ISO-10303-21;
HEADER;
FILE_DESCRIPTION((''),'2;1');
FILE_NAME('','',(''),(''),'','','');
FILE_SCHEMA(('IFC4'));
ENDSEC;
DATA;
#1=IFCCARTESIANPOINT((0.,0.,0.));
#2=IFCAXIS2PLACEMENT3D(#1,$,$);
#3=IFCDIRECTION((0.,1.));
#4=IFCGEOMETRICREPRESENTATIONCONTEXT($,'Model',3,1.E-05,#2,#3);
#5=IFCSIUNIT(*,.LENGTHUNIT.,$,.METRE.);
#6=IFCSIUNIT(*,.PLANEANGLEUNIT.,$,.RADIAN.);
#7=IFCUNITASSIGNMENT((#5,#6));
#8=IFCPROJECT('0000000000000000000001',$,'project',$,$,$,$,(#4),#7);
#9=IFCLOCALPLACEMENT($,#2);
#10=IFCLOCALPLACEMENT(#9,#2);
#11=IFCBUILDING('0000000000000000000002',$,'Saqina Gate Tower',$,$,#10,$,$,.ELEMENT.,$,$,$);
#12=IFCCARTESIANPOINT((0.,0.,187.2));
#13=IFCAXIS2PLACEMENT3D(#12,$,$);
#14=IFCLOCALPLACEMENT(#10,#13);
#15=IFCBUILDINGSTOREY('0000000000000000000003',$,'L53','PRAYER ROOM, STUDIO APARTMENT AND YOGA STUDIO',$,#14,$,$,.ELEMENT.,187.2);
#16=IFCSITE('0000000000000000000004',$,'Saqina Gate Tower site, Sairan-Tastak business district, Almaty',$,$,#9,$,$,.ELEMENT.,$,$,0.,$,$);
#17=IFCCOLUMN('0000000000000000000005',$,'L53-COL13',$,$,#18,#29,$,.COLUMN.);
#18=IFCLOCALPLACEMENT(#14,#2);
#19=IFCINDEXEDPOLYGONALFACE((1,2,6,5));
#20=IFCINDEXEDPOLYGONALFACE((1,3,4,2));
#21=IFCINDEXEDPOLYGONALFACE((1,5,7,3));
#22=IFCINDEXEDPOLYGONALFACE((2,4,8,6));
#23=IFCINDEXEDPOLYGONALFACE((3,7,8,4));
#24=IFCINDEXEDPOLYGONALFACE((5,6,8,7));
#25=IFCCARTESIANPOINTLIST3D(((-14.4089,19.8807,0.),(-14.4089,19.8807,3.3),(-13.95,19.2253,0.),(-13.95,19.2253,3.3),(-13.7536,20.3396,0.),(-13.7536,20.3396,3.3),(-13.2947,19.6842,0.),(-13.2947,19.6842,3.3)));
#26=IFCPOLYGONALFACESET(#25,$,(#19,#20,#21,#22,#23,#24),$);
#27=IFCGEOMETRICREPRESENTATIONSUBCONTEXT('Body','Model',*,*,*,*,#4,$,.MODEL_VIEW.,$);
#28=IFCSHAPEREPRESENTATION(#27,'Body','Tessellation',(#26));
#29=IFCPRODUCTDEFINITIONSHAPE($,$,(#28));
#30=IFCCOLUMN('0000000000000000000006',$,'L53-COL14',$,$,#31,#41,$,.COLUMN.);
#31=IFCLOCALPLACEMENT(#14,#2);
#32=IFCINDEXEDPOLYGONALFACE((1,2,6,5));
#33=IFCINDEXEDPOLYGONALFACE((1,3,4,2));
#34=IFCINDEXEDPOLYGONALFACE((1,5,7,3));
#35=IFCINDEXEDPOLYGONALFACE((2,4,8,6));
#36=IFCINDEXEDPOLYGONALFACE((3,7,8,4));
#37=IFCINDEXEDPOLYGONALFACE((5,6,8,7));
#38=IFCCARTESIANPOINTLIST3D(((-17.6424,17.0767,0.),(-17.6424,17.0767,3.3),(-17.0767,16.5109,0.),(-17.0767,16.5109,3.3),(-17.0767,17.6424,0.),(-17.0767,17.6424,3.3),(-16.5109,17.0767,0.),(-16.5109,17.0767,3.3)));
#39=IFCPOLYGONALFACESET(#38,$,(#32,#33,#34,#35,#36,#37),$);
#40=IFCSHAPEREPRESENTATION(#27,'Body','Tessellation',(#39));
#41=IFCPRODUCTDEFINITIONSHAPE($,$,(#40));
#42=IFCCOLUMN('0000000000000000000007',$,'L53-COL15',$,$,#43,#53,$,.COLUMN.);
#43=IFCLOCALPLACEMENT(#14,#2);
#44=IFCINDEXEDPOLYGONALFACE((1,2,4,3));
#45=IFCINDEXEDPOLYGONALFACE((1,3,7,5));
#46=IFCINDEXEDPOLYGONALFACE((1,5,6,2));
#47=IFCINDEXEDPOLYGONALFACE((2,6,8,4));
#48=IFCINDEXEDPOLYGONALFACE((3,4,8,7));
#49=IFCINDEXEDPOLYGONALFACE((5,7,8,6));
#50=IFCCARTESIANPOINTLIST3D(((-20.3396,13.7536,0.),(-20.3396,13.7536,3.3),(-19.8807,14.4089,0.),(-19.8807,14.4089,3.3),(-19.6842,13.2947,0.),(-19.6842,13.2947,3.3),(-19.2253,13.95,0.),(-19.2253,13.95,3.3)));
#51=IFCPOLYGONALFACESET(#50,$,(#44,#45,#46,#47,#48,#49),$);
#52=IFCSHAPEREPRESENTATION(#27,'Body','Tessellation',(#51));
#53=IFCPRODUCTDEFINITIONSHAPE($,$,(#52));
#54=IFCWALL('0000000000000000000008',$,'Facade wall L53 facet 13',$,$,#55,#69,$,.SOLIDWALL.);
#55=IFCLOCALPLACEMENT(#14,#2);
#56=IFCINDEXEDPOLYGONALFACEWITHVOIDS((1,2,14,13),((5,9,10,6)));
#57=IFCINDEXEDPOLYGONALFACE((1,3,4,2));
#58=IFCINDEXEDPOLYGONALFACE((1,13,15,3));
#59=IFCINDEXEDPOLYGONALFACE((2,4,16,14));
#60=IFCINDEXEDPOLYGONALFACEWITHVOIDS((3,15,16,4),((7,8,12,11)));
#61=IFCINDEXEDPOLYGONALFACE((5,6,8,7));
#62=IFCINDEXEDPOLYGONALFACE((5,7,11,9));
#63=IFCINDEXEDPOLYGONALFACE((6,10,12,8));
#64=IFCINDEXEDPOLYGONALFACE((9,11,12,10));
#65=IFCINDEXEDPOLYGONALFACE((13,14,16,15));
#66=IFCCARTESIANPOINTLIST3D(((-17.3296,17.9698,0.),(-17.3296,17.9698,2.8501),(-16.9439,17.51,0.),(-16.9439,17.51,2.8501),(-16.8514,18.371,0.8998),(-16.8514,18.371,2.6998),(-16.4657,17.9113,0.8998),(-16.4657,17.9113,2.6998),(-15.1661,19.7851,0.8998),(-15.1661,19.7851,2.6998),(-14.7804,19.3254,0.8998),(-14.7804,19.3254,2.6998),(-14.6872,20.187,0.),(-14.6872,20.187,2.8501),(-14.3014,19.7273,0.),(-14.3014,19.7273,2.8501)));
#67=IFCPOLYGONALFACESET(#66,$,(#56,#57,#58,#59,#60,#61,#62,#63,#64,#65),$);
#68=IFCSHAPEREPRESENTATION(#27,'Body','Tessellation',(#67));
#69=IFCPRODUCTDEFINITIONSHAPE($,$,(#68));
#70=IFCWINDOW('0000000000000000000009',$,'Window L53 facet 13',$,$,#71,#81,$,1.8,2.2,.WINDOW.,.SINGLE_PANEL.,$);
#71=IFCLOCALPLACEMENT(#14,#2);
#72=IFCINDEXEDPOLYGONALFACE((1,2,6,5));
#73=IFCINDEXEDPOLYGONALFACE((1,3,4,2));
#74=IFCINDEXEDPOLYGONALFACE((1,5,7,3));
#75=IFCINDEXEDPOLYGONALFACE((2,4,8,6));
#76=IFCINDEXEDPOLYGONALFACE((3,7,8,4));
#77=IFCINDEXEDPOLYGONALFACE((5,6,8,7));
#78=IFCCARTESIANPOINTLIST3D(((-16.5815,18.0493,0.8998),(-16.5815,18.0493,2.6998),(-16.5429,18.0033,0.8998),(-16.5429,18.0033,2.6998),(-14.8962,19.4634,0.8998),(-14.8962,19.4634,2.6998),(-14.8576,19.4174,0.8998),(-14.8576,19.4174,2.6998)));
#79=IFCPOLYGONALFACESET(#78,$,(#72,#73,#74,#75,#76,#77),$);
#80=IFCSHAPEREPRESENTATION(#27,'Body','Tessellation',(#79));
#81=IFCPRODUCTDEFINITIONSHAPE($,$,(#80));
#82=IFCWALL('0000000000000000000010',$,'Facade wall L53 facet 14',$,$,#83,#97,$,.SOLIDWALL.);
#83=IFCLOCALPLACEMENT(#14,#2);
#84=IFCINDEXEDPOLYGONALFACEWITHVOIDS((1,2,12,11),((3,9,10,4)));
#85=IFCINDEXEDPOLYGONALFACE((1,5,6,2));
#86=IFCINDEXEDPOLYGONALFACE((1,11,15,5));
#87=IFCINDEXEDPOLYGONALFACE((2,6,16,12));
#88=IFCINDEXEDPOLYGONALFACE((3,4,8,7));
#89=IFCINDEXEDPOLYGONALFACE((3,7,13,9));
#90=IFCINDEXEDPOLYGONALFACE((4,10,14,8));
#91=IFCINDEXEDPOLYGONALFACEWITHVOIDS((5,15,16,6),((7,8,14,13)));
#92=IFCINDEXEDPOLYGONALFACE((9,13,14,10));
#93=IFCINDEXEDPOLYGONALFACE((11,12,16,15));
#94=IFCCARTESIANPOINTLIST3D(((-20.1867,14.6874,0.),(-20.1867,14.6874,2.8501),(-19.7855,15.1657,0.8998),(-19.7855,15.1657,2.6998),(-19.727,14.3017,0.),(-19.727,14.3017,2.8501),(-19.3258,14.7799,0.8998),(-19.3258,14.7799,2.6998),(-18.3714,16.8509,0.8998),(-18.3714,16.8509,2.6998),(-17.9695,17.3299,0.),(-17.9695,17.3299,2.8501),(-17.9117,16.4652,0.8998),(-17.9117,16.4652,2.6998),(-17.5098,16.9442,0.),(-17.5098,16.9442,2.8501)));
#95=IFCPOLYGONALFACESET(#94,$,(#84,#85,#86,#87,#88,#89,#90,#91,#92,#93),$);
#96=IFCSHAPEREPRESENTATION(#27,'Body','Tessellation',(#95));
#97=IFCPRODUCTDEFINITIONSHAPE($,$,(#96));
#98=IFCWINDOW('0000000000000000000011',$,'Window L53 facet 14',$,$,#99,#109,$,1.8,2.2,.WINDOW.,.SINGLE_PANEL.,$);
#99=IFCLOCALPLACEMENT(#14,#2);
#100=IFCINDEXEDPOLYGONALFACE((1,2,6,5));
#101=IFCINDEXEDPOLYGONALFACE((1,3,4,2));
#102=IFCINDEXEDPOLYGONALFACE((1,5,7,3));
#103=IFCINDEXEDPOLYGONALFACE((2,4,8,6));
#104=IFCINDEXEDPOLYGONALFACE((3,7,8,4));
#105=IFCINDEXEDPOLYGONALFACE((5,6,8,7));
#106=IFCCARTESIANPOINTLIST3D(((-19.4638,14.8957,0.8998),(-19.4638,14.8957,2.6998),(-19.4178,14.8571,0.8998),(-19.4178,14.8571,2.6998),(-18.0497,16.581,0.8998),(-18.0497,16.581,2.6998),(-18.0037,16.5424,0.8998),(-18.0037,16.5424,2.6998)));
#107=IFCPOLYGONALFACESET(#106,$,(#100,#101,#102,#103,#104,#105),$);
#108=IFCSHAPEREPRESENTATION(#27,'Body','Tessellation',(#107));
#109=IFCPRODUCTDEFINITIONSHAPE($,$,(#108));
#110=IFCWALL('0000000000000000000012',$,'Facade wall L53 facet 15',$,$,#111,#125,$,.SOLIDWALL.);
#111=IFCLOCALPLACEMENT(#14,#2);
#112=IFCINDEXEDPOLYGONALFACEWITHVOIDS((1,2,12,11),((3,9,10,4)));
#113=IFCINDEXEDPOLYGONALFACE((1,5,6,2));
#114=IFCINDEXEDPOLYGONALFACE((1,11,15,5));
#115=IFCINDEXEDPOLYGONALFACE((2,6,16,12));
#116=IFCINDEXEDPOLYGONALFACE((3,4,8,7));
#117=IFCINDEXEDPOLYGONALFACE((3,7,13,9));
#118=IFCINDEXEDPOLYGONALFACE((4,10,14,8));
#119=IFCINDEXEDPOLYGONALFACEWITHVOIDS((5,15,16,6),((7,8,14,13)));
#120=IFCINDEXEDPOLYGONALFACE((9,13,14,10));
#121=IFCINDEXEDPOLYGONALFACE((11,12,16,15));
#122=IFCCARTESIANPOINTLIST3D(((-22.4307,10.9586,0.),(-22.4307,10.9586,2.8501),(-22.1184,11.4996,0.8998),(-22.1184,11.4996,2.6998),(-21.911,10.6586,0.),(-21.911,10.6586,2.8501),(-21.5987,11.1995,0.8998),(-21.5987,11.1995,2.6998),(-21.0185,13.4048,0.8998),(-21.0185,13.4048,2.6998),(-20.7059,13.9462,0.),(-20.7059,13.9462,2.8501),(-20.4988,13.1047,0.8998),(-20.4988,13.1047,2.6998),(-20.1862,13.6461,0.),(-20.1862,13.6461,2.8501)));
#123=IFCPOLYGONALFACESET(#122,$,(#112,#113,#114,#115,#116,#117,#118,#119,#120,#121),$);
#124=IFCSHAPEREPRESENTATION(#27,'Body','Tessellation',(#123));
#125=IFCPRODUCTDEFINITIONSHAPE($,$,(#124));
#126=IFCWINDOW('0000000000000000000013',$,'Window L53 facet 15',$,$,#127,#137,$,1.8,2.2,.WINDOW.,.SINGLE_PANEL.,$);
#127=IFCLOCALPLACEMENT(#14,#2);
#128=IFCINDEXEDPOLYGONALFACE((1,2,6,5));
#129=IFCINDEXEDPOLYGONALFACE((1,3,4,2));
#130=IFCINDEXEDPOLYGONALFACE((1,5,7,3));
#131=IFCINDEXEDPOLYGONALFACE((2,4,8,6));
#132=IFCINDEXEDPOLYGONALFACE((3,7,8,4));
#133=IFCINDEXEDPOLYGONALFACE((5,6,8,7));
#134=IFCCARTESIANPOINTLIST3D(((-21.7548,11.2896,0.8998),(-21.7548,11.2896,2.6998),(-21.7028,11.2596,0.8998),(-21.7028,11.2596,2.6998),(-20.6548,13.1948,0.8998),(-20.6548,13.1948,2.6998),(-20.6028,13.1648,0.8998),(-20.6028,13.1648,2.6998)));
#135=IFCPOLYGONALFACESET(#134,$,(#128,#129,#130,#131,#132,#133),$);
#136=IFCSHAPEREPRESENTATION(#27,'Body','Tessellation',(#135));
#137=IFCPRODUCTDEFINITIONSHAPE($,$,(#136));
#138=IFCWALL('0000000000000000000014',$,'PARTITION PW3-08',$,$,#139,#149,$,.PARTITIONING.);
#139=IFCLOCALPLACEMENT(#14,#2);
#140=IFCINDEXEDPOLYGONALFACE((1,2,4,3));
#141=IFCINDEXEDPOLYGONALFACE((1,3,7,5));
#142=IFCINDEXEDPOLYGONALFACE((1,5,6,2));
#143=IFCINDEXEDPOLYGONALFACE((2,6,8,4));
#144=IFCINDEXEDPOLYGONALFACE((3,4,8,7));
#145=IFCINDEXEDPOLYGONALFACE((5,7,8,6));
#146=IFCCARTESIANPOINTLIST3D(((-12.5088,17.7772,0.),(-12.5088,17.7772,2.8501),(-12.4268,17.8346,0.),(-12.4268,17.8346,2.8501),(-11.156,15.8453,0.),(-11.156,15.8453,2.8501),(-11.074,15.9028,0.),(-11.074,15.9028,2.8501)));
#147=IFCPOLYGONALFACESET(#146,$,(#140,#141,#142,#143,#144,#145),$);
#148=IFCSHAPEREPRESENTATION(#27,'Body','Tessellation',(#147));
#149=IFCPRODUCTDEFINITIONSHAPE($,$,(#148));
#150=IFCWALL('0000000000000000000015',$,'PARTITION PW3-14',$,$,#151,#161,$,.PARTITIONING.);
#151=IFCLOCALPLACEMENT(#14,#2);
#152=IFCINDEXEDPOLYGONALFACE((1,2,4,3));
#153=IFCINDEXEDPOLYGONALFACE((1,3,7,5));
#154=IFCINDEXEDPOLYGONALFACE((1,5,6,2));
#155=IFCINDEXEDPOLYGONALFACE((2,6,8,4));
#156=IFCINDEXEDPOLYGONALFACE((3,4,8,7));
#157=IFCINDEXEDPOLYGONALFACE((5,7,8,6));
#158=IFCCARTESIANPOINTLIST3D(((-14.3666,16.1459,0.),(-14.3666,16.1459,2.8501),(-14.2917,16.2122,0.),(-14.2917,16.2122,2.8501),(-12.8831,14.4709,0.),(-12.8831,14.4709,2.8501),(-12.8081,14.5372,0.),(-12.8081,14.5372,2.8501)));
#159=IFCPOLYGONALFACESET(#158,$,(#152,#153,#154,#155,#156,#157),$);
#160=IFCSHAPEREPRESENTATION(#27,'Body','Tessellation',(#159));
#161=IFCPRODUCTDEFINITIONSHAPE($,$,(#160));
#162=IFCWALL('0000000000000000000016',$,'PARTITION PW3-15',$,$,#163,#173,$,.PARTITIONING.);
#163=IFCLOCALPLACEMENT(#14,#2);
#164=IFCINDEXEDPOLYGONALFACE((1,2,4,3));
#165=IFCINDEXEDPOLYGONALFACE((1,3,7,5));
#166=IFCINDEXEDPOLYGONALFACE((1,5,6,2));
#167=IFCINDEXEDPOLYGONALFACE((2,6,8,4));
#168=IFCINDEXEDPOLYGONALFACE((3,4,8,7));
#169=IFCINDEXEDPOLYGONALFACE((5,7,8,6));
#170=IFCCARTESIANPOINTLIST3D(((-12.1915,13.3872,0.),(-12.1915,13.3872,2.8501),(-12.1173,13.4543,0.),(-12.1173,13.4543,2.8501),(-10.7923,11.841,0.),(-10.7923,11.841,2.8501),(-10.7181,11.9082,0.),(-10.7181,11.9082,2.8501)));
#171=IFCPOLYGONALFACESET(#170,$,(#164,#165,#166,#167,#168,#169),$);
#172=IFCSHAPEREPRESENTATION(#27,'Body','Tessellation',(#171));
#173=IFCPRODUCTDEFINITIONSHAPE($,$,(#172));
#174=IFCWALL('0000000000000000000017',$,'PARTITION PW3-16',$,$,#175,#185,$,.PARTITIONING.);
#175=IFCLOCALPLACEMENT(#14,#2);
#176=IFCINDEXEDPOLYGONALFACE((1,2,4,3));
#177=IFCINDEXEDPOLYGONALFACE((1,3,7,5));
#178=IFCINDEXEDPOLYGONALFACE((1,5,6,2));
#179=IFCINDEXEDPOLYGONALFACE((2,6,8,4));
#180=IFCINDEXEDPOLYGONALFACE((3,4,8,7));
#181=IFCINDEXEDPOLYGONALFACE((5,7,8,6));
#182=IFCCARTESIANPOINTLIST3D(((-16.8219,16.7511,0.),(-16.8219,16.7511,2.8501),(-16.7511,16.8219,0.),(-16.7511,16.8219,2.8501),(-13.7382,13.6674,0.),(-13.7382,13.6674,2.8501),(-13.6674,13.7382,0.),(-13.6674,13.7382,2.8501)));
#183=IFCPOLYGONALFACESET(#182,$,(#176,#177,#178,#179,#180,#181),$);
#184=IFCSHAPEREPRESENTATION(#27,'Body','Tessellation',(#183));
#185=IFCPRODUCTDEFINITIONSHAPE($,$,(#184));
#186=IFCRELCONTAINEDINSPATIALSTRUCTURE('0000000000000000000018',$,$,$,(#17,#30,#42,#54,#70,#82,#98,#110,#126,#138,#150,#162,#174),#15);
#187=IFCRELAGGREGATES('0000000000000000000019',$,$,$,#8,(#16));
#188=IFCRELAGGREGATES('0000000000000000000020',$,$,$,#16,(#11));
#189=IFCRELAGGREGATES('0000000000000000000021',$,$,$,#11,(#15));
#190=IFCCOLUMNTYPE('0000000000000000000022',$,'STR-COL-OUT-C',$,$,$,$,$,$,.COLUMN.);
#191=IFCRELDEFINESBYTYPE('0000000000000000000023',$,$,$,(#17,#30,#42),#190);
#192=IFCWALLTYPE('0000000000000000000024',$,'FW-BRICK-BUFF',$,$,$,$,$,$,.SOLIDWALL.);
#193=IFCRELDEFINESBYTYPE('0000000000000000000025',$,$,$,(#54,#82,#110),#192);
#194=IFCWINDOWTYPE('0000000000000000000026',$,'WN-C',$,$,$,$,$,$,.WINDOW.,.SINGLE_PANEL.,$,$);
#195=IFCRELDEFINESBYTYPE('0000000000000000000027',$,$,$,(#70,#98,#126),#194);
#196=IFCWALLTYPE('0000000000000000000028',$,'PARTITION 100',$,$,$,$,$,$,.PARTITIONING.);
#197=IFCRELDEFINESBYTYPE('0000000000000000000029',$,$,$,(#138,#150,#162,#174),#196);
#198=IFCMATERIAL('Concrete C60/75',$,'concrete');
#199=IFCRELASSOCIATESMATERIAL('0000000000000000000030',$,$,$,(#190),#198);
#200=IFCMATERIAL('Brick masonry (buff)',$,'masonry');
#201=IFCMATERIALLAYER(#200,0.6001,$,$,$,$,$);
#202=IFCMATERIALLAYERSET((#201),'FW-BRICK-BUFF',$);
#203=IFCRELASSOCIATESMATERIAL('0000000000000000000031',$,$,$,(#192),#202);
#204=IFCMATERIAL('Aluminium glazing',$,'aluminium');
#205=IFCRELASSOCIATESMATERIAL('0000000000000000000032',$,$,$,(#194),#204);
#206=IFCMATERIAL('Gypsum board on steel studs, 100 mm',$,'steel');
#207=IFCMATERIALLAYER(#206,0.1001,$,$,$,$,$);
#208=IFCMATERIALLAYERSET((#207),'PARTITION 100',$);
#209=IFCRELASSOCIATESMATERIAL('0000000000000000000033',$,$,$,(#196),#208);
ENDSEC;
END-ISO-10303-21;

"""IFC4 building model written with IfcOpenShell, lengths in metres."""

from ifc_helpers import new_model, si_unit, direction, frame, frame_2d, origin, origin_2d, place, context, subcontext, project, spatial, rectangle, extrude, material, layer, layer_set, material_profile, profile_set, type_object, element, fill, save


model = new_model("IFC4")

# Units and contexts
model_context = context("Model", 3, precision=1e-05, world=origin(), true_north=direction((0.0, 1.0)))
body_context = subcontext(model_context, "Body", "Model", "MODEL_VIEW")
ifc_project = project(units=[si_unit("LENGTHUNIT", "METRE"), si_unit("PLANEANGLEUNIT", "RADIAN")], contexts=[model_context])

# Site, building, storey
site_placement = place(None, origin())
site = spatial("IfcSite", under=ifc_project, at=site_placement, Name="Saqina Gate Tower site, Sairan-Tastak business district, Almaty", CompositionType="ELEMENT", RefElevation=0.0)
building_placement = place(site_placement, origin())
building = spatial("IfcBuilding", under=site, at=building_placement, Name="Saqina Gate Tower", CompositionType="ELEMENT")
storey_placement = place(building_placement, frame((0.0, 0.0, 187.2)))
storey = spatial("IfcBuildingStorey", under=building, at=storey_placement, Name="L53", Description="PRAYER ROOM, STUDIO APARTMENT AND YOGA STUDIO", CompositionType="ELEMENT", Elevation=187.2)

# Columns
ifc_material_1 = material(Name="Concrete C60/75", Category="concrete")
ifc_material_profile = material_profile(ifc_material_1, rectangle(XDim=0.8, YDim=0.8, at=origin_2d()), Name="RC 800x800")
ifc_profile_set = profile_set([ifc_material_profile], Name="Concrete C60/75")
column_type = type_object("IfcColumnType", Name="STR-COL-OUT-C", PredefinedType="COLUMN", material=ifc_profile_set)
for number, where, z_axis, x_axis, name in (
    (1, (-13.8518, 19.7825, 0.0), (0.0, 0.0, 1.0), (-0.573576, 0.819152, 0.0), "L53-COL13"),
    (2, (-17.0767, 17.0767, 0.0), (0.0, 0.0, 1.0), (-0.707107, 0.707107, 0.0), "L53-COL14"),
    (3, (-19.7825, 13.8518, 0.0), (0.0, 0.0, 1.0), (-0.819152, 0.573576, 0.0), "L53-COL15"),
):
    element("IfcColumn", number, at=place(storey_placement, frame(where, z_axis=z_axis, x_axis=x_axis)), inside=storey, type_object=column_type, Name=name, PredefinedType="COLUMN", context=body_context, shape_type="SweptSolid", body=[
        extrude(rectangle(XDim=0.8, YDim=0.8, at=origin_2d()), origin(), (0.0, 0.0, 1.0), 3.3),
    ])

# Walls, openings, windows
ifc_material_2 = material(Name="Brick masonry (buff)", Category="masonry")
ifc_layer_1 = layer(ifc_material_2, 0.6001)
ifc_layer_set_1 = layer_set([ifc_layer_1], Name="FW-BRICK-BUFF")
wall_type_1 = type_object("IfcWallType", Name="FW-BRICK-BUFF", PredefinedType="SOLIDWALL", material=ifc_layer_set_1)
wall_1_placement = place(storey_placement, frame((-14.4944, 19.957, 0.0), z_axis=(0.0, 0.0, 1.0), x_axis=(-0.766059, -0.64277, 0.0)))
wall_1 = element("IfcWall", 4, at=wall_1_placement, inside=storey, type_object=wall_type_1, Name="Facade wall L53 facet 13", PredefinedType="SOLIDWALL", context=body_context, shape_type="SweptSolid", body=[
    extrude(rectangle(XDim=3.4495, YDim=0.6001, at=frame_2d((1.7246, 0.0))), origin(), (0.0, 0.0, 1.0), 2.8501),
])
opening_1_placement = place(wall_1_placement, frame((0.625, 0.0, 0.8999)))
opening_1 = element("IfcOpeningElement", 5, at=opening_1_placement, cuts=wall_1, PredefinedType="OPENING", context=body_context, shape_type="SweptSolid", body=[
    extrude(rectangle(XDim=2.2, YDim=1.8, at=frame_2d((1.1001, 0.8999))), frame((0.0, 0.312, 0.0), z_axis=(0.0, -1.0, 0.0), x_axis=(1.0, 0.0, 0.0)), (0.0, 0.0, 1.0), 0.624),
])
ifc_material_3 = material(Name="Aluminium glazing", Category="aluminium")
window_type = type_object("IfcWindowType", Name="WN-C", PartitioningType="SINGLE_PANEL", PredefinedType="WINDOW", material=ifc_material_3)
window_1_placement = place(opening_1_placement, origin())
window_1 = element("IfcWindow", 6, at=window_1_placement, inside=storey, type_object=window_type, Name="Window L53 facet 13", OverallHeight=1.8, OverallWidth=2.2, PartitioningType="SINGLE_PANEL", PredefinedType="WINDOW", context=body_context, shape_type="SweptSolid", body=[
    extrude(rectangle(XDim=2.2, YDim=1.8, at=frame_2d((1.1001, 0.8999))), frame((0.0, 0.1799, 0.0), z_axis=(0.0, -1.0, 0.0), x_axis=(1.0, 0.0, 0.0)), (0.0, 0.0, 1.0), 0.0601),
])
fill(opening_1, window_1)
wall_2_placement = place(storey_placement, frame((-17.7397, 17.137, 0.0), z_axis=(0.0, 0.0, 1.0), x_axis=(-0.64277, -0.766059, 0.0)))
wall_2 = element("IfcWall", 7, at=wall_2_placement, inside=storey, type_object=wall_type_1, Name="Facade wall L53 facet 14", PredefinedType="SOLIDWALL", context=body_context, shape_type="SweptSolid", body=[
    extrude(rectangle(XDim=3.4495, YDim=0.6001, at=frame_2d((1.7246, 0.0))), origin(), (0.0, 0.0, 1.0), 2.8501),
])
opening_2_placement = place(wall_2_placement, frame((0.625, 0.0, 0.8999)))
opening_2 = element("IfcOpeningElement", 8, at=opening_2_placement, cuts=wall_2, PredefinedType="OPENING", context=body_context, shape_type="SweptSolid", body=[
    extrude(rectangle(XDim=2.2, YDim=1.8, at=frame_2d((1.1001, 0.8999))), frame((0.0, 0.312, 0.0), z_axis=(0.0, -1.0, 0.0), x_axis=(1.0, 0.0, 0.0)), (0.0, 0.0, 1.0), 0.624),
])
window_2_placement = place(opening_2_placement, origin())
window_2 = element("IfcWindow", 9, at=window_2_placement, inside=storey, type_object=window_type, Name="Window L53 facet 14", OverallHeight=1.8, OverallWidth=2.2, PartitioningType="SINGLE_PANEL", PredefinedType="WINDOW", context=body_context, shape_type="SweptSolid", body=[
    extrude(rectangle(XDim=2.2, YDim=1.8, at=frame_2d((1.1001, 0.8999))), frame((0.0, 0.1799, 0.0), z_axis=(0.0, -1.0, 0.0), x_axis=(1.0, 0.0, 0.0)), (0.0, 0.0, 1.0), 0.0601),
])
fill(opening_2, window_2)
wall_3_placement = place(storey_placement, frame((-20.446, 13.7961, 0.0), z_axis=(0.0, 0.0, 1.0), x_axis=(-0.499998, -0.866026, 0.0)))
wall_3 = element("IfcWall", 10, at=wall_3_placement, inside=storey, type_object=wall_type_1, Name="Facade wall L53 facet 15", PredefinedType="SOLIDWALL", context=body_context, shape_type="SweptSolid", body=[
    extrude(rectangle(XDim=3.4497, YDim=0.6001, at=frame_2d((1.7249, 0.0))), origin(), (0.0, 0.0, 1.0), 2.8501),
])
opening_3_placement = place(wall_3_placement, frame((0.625, 0.0, 0.8999)))
opening_3 = element("IfcOpeningElement", 11, at=opening_3_placement, cuts=wall_3, PredefinedType="OPENING", context=body_context, shape_type="SweptSolid", body=[
    extrude(rectangle(XDim=2.2, YDim=1.8, at=frame_2d((1.1001, 0.8999))), frame((0.0, 0.312, 0.0), z_axis=(0.0, -1.0, 0.0), x_axis=(1.0, 0.0, 0.0)), (0.0, 0.0, 1.0), 0.624),
])
window_3_placement = place(opening_3_placement, origin())
window_3 = element("IfcWindow", 12, at=window_3_placement, inside=storey, type_object=window_type, Name="Window L53 facet 15", OverallHeight=1.8, OverallWidth=2.2, PartitioningType="SINGLE_PANEL", PredefinedType="WINDOW", context=body_context, shape_type="SweptSolid", body=[
    extrude(rectangle(XDim=2.2, YDim=1.8, at=frame_2d((1.1001, 0.8999))), frame((0.0, 0.1799, 0.0), z_axis=(0.0, -1.0, 0.0), x_axis=(1.0, 0.0, 0.0)), (0.0, 0.0, 1.0), 0.0601),
])
fill(opening_3, window_3)

# Walls
ifc_material_4 = material(Name="Gypsum board on steel studs, 100 mm", Category="steel")
ifc_layer_2 = layer(ifc_material_4, 0.1001)
ifc_layer_set_2 = layer_set([ifc_layer_2], Name="PARTITION 100")
wall_type_2 = type_object("IfcWallType", Name="PARTITION 100", PredefinedType="PARTITIONING", material=ifc_layer_set_2)
wall_4_placement = place(storey_placement, frame((-12.4678, 17.8059, 0.0), z_axis=(0.0, 0.0, 1.0), x_axis=(0.573594, -0.81914, 0.0)))
element("IfcWall", 13, at=wall_4_placement, inside=storey, type_object=wall_type_2, Name="PARTITION PW3-08", PredefinedType="PARTITIONING", context=body_context, shape_type="SweptSolid", body=[
    extrude(rectangle(XDim=2.3584, YDim=0.1001, at=frame_2d((1.1792, 0.0))), origin(), (0.0, 0.0, 1.0), 2.8501),
])
wall_5_placement = place(storey_placement, frame((-14.3291, 16.179, 0.0), z_axis=(0.0, 0.0, 1.0), x_axis=(0.663042, -0.748582, 0.0)))
element("IfcWall", 14, at=wall_5_placement, inside=storey, type_object=wall_type_2, Name="PARTITION PW3-14", PredefinedType="PARTITIONING", context=body_context, shape_type="SweptSolid", body=[
    extrude(rectangle(XDim=2.2375, YDim=0.1001, at=frame_2d((1.1187, 0.0))), origin(), (0.0, 0.0, 1.0), 2.8501),
])
wall_6_placement = place(storey_placement, frame((-12.1543, 13.4207, 0.0), z_axis=(0.0, 0.0, 1.0), x_axis=(0.670987, -0.741469, 0.0)))
element("IfcWall", 15, at=wall_6_placement, inside=storey, type_object=wall_type_2, Name="PARTITION PW3-15", PredefinedType="PARTITIONING", context=body_context, shape_type="SweptSolid", body=[
    extrude(rectangle(XDim=2.0852, YDim=0.1001, at=frame_2d((1.0425, 0.0))), origin(), (0.0, 0.0, 1.0), 2.8501),
])
wall_7_placement = place(storey_placement, frame((-16.7866, 16.7866, 0.0), z_axis=(0.0, 0.0, 1.0), x_axis=(0.707107, -0.707107, 0.0)))
element("IfcWall", 16, at=wall_7_placement, inside=storey, type_object=wall_type_2, Name="PARTITION PW3-16", PredefinedType="PARTITIONING", context=body_context, shape_type="SweptSolid", body=[
    extrude(rectangle(XDim=4.3611, YDim=0.1001, at=frame_2d((2.1807, 0.0))), origin(), (0.0, 0.0, 1.0), 2.8501),
])

save(model, "model.ifc")
